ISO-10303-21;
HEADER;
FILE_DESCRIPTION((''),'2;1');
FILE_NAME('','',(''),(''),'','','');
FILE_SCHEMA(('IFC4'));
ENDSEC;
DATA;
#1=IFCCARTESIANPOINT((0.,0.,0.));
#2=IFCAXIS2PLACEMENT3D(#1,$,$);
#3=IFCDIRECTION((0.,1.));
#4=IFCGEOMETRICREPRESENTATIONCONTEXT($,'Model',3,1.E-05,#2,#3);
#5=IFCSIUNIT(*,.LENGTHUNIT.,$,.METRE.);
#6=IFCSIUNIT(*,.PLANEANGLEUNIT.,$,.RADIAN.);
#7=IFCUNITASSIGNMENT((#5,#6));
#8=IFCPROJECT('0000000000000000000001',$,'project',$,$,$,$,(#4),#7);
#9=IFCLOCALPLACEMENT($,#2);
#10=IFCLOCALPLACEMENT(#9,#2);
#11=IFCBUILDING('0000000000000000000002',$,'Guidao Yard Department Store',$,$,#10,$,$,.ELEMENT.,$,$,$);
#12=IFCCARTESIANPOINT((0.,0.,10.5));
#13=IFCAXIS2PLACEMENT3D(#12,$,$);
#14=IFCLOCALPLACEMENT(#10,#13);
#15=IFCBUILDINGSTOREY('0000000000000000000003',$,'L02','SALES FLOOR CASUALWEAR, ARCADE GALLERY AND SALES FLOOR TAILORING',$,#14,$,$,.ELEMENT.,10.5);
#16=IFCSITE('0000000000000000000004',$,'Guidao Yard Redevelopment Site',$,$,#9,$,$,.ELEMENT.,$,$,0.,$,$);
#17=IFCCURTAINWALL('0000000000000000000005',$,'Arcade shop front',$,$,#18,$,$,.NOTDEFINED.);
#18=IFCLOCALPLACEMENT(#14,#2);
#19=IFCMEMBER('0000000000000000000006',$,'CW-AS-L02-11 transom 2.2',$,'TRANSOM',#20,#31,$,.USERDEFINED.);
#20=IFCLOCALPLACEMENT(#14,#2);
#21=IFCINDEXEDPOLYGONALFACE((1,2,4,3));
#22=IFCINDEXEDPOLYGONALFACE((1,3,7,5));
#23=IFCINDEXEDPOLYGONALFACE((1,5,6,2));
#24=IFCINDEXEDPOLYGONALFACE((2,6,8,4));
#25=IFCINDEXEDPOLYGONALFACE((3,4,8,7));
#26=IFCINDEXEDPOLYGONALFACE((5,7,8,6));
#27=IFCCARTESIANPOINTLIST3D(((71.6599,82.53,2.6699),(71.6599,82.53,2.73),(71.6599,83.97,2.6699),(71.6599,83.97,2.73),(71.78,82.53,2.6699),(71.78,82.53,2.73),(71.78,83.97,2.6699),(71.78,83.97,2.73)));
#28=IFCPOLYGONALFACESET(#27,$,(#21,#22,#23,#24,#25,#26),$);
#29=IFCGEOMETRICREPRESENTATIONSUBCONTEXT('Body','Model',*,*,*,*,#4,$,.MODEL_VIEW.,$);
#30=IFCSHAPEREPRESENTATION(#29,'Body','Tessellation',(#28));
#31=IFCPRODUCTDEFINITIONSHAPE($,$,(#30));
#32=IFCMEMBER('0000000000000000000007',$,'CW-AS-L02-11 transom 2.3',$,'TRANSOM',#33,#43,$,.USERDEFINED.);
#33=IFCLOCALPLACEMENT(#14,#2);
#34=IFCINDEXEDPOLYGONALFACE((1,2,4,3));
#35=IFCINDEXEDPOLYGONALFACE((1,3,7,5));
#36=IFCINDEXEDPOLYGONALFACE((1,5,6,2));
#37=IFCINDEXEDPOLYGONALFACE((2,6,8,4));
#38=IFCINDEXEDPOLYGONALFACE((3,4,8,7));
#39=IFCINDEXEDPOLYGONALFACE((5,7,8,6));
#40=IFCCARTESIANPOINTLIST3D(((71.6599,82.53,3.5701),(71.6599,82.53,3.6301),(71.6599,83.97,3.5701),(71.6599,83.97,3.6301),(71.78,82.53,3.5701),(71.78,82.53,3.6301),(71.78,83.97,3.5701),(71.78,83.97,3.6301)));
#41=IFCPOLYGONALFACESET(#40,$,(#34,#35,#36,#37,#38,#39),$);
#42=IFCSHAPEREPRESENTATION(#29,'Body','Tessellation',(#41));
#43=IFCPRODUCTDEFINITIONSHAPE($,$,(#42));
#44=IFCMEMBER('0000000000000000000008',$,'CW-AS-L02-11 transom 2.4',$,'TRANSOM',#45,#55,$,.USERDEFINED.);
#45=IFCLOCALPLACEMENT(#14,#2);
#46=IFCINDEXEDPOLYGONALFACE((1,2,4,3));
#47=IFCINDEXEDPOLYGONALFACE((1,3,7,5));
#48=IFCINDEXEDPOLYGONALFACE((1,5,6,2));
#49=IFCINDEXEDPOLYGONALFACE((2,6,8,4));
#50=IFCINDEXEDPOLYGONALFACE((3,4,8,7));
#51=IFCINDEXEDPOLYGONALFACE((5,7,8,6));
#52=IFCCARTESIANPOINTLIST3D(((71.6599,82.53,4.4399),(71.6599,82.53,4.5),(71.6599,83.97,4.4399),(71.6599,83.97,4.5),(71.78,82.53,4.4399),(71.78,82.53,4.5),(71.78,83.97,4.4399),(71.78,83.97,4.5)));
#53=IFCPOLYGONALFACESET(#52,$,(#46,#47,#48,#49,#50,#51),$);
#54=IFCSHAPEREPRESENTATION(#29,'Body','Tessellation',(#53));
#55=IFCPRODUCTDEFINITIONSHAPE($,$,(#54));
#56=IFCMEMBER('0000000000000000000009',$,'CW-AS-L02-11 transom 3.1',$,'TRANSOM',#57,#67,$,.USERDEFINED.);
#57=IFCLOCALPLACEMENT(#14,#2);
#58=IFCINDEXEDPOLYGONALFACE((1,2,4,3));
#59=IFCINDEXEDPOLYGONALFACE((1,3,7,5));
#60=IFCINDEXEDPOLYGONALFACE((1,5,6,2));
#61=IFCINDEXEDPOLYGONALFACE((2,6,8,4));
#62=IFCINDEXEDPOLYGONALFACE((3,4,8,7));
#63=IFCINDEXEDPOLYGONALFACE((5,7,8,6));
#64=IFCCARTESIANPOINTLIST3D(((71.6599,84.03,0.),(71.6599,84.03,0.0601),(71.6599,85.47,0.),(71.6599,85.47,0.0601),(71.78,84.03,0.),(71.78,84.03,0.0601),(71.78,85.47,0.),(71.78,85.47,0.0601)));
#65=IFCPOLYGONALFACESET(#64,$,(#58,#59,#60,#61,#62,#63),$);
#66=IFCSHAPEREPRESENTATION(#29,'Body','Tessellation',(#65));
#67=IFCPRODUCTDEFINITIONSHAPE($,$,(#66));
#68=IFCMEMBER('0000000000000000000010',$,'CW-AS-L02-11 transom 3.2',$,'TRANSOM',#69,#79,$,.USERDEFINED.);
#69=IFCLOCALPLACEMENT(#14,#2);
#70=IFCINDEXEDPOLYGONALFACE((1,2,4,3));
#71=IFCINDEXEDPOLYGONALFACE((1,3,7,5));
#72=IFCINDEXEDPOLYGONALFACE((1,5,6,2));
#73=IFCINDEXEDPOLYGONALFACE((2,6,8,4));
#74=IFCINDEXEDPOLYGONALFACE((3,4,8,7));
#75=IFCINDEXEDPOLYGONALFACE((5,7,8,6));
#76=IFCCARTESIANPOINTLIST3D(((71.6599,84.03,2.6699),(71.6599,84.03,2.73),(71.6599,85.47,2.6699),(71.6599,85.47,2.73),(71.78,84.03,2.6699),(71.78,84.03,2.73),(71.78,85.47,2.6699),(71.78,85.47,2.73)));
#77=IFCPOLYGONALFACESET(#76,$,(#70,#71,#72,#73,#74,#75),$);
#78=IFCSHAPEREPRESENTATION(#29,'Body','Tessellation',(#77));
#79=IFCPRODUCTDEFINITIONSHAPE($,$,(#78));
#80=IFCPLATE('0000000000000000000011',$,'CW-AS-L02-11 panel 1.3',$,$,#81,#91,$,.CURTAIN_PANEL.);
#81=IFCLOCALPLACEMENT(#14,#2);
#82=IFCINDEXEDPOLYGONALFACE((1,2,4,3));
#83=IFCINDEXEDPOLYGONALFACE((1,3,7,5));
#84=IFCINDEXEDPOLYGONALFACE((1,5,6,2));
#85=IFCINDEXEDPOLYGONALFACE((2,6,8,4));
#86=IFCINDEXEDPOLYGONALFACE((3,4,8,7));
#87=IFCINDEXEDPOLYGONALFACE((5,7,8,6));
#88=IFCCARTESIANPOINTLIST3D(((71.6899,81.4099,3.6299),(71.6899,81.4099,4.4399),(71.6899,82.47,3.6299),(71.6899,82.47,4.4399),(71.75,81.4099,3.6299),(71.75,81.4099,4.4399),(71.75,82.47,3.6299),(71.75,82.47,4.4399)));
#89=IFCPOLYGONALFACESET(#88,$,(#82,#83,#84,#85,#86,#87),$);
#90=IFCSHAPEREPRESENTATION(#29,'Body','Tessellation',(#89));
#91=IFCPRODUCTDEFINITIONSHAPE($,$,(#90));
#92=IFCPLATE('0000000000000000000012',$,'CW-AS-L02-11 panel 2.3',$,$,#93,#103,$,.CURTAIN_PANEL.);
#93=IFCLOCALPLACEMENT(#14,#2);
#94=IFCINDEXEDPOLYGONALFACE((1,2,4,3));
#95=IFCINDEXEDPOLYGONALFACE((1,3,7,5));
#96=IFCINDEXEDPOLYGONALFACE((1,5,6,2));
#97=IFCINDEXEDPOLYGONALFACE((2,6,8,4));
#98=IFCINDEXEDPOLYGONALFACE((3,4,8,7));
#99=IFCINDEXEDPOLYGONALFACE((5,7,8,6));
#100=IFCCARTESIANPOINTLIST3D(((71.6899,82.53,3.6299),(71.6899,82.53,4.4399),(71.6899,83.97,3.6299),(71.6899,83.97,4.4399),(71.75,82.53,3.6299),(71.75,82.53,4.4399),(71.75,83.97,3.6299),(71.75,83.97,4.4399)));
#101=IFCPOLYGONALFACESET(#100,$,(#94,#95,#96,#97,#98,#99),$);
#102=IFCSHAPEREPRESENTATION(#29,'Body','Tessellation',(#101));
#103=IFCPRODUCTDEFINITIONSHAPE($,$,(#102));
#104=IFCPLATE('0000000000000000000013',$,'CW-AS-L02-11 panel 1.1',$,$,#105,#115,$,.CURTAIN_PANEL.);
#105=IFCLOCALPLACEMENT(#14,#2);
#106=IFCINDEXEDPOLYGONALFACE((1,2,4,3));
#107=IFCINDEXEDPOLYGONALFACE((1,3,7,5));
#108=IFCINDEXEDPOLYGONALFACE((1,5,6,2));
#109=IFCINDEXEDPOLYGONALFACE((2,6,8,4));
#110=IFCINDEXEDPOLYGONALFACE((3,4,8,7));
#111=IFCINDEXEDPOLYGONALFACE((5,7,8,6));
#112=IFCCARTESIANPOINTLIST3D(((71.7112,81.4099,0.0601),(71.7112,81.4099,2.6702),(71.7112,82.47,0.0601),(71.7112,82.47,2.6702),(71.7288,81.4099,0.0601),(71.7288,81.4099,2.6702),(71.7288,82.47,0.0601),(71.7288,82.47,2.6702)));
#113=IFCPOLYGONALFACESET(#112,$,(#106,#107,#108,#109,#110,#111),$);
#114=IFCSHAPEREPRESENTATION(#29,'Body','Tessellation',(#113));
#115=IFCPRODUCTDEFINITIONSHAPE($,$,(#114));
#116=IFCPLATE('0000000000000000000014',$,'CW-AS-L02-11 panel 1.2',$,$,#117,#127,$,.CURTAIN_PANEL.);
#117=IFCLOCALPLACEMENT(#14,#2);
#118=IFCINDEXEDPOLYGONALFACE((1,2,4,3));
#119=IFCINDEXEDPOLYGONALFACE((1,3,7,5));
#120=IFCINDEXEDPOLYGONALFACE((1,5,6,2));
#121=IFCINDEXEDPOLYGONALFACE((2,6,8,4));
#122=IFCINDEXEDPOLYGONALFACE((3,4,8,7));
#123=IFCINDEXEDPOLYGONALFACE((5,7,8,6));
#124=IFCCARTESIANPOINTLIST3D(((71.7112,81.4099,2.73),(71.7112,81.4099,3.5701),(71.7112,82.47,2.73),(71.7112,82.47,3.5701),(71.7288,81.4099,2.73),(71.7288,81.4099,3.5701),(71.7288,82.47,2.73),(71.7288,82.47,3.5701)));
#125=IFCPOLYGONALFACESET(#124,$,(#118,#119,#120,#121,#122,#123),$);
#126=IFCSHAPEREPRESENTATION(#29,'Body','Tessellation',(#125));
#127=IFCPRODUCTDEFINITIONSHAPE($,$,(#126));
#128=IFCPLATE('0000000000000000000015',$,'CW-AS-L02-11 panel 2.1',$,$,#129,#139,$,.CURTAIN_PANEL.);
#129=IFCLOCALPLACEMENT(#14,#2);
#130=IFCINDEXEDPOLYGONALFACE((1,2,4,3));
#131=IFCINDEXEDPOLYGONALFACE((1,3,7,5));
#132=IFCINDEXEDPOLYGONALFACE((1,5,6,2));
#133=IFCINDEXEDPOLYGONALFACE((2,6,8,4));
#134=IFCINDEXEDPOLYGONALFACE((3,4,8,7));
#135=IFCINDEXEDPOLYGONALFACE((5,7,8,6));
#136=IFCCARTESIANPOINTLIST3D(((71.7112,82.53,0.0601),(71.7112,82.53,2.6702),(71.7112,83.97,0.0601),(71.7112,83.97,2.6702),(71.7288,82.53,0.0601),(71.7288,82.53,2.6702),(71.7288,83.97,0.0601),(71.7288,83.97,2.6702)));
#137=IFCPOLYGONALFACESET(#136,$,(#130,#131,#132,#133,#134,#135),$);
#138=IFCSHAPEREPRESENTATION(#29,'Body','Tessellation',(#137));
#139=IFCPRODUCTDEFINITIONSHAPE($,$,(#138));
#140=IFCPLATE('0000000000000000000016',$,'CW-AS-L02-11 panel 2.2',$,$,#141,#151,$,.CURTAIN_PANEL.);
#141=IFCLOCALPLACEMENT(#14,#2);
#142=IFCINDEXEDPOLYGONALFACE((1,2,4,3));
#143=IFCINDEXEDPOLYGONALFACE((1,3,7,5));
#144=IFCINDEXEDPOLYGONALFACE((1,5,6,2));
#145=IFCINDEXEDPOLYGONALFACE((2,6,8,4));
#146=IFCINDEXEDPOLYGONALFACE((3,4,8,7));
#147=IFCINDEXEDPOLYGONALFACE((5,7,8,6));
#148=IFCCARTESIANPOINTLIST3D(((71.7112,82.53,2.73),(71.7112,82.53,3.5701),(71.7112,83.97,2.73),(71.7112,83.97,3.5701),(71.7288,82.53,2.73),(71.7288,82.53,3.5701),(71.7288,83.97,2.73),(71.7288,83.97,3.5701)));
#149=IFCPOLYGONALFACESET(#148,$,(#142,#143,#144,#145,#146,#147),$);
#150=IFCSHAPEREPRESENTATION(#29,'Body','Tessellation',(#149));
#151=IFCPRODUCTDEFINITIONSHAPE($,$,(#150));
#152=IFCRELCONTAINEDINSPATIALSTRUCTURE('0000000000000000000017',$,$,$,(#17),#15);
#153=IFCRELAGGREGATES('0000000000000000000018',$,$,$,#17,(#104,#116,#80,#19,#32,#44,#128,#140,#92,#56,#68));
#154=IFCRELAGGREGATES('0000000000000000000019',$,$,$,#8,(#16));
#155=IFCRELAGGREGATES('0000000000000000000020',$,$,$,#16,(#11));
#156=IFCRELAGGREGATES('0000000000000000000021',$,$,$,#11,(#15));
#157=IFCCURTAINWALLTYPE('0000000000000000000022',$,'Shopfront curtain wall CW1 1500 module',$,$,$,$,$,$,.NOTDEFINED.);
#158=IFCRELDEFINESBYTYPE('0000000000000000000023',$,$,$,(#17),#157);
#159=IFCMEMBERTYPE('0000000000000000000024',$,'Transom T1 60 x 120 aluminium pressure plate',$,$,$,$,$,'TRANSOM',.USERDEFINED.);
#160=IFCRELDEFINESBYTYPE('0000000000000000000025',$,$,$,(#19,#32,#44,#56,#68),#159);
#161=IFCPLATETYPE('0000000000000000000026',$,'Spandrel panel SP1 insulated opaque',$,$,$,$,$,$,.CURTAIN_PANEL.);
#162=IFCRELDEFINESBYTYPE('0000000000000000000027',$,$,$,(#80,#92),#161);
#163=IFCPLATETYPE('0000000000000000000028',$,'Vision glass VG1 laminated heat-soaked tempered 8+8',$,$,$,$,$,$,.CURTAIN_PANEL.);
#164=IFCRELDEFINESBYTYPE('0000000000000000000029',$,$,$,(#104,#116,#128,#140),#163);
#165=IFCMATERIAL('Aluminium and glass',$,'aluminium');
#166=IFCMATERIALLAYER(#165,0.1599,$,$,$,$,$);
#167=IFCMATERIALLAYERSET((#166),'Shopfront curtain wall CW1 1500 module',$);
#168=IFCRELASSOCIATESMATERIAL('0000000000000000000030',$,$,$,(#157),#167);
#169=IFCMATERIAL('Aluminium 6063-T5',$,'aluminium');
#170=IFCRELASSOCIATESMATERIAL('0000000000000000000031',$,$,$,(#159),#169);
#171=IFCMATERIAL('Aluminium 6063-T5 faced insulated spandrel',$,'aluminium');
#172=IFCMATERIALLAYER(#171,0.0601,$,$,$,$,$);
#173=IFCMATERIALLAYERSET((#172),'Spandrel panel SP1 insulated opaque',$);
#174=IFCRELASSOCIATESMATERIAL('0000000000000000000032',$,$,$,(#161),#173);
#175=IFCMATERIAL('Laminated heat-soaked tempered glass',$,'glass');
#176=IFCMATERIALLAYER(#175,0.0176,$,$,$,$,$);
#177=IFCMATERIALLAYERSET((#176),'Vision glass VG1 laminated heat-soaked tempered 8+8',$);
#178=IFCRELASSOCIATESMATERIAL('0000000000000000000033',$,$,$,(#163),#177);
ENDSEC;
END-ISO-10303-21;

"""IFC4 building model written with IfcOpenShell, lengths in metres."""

from ifc_helpers import new_model, si_unit, direction, frame, origin, origin_2d, place, context, subcontext, project, spatial, rectangle, extrude, material, layer, layer_set, material_profile, profile_set, type_object, element, aggregate, save


model = new_model("IFC4")

# Units and contexts
model_context = context("Model", 3, precision=1e-05, world=origin(), true_north=direction((0.0, 1.0)))
body_context = subcontext(model_context, "Body", "Model", "MODEL_VIEW")
ifc_project = project(units=[si_unit("LENGTHUNIT", "METRE"), si_unit("PLANEANGLEUNIT", "RADIAN")], contexts=[model_context])

# Site, building, storey
site_placement = place(None, origin())
site = spatial("IfcSite", under=ifc_project, at=site_placement, Name="Guidao Yard Redevelopment Site", CompositionType="ELEMENT", RefElevation=0.0)
building_placement = place(site_placement, origin())
building = spatial("IfcBuilding", under=site, at=building_placement, Name="Guidao Yard Department Store", CompositionType="ELEMENT")
storey_placement = place(building_placement, frame((0.0, 0.0, 10.5)))
storey = spatial("IfcBuildingStorey", under=building, at=storey_placement, Name="L02", Description="SALES FLOOR CASUALWEAR, ARCADE GALLERY AND SALES FLOOR TAILORING", CompositionType="ELEMENT", Elevation=10.5)

# Shared definitions
ifc_material_1 = material(Name="Aluminium and glass", Category="aluminium")
ifc_layer_1 = layer(ifc_material_1, 0.1599)
ifc_layer_set_1 = layer_set([ifc_layer_1], Name="Shopfront curtain wall CW1 1500 module")
curtain_wall_type = type_object("IfcCurtainWallType", Name="Shopfront curtain wall CW1 1500 module", PredefinedType="NOTDEFINED", material=ifc_layer_set_1)

# Curtain wall
curtain_wall_1_placement = place(storey_placement, origin())
curtain_wall_1 = element("IfcCurtainWall", 1, at=curtain_wall_1_placement, inside=storey, type_object=curtain_wall_type, Name="Arcade shop front", PredefinedType="NOTDEFINED")

# Members
ifc_material_2 = material(Name="Aluminium 6063-T5", Category="aluminium")
ifc_material_profile_1 = material_profile(ifc_material_2, rectangle(XDim=0.1201, YDim=0.0601, at=origin_2d()), Name="Transom T1 60 x 120 aluminium pressure plate")
ifc_profile_set_1 = profile_set([ifc_material_profile_1], Name="Aluminium 6063-T5")
member_type_1 = type_object("IfcMemberType", Name="Transom T1 60 x 120 aluminium pressure plate", ElementType="TRANSOM", PredefinedType="USERDEFINED", material=ifc_profile_set_1)
member_1_placement = place(storey_placement, frame((71.72, 82.53, 2.7), z_axis=(0.0, 1.0, 0.0), x_axis=(-1.0, 0.0, 0.0)))
member_1 = element("IfcMember", 2, at=member_1_placement, type_object=member_type_1, Name="CW-AS-L02-11 transom 2.2", ObjectType="TRANSOM", PredefinedType="USERDEFINED", context=body_context, shape_type="SweptSolid", body=[
    extrude(rectangle(XDim=0.1201, YDim=0.0601, at=origin_2d()), origin(), (0.0, 0.0, 1.0), 1.4399),
])
member_2_placement = place(storey_placement, frame((71.72, 82.53, 3.6001), z_axis=(0.0, 1.0, 0.0), x_axis=(-1.0, 0.0, 0.0)))
member_2 = element("IfcMember", 3, at=member_2_placement, type_object=member_type_1, Name="CW-AS-L02-11 transom 2.3", ObjectType="TRANSOM", PredefinedType="USERDEFINED", context=body_context, shape_type="SweptSolid", body=[
    extrude(rectangle(XDim=0.1201, YDim=0.0601, at=origin_2d()), origin(), (0.0, 0.0, 1.0), 1.4399),
])
member_3_placement = place(storey_placement, frame((71.72, 82.53, 4.47), z_axis=(0.0, 1.0, 0.0), x_axis=(-1.0, 0.0, 0.0)))
member_3 = element("IfcMember", 4, at=member_3_placement, type_object=member_type_1, Name="CW-AS-L02-11 transom 2.4", ObjectType="TRANSOM", PredefinedType="USERDEFINED", context=body_context, shape_type="SweptSolid", body=[
    extrude(rectangle(XDim=0.1201, YDim=0.0601, at=origin_2d()), origin(), (0.0, 0.0, 1.0), 1.4399),
])
member_4_placement = place(storey_placement, frame((71.72, 84.03, 0.03), z_axis=(0.0, 1.0, 0.0), x_axis=(-1.0, 0.0, 0.0)))
member_4 = element("IfcMember", 5, at=member_4_placement, type_object=member_type_1, Name="CW-AS-L02-11 transom 3.1", ObjectType="TRANSOM", PredefinedType="USERDEFINED", context=body_context, shape_type="SweptSolid", body=[
    extrude(rectangle(XDim=0.1201, YDim=0.0601, at=origin_2d()), origin(), (0.0, 0.0, 1.0), 1.4399),
])
member_5_placement = place(storey_placement, frame((71.72, 84.03, 2.7), z_axis=(0.0, 1.0, 0.0), x_axis=(-1.0, 0.0, 0.0)))
member_5 = element("IfcMember", 6, at=member_5_placement, type_object=member_type_1, Name="CW-AS-L02-11 transom 3.2", ObjectType="TRANSOM", PredefinedType="USERDEFINED", context=body_context, shape_type="SweptSolid", body=[
    extrude(rectangle(XDim=0.1201, YDim=0.0601, at=origin_2d()), origin(), (0.0, 0.0, 1.0), 1.4399),
])

# Plates
ifc_material_3 = material(Name="Aluminium 6063-T5 faced insulated spandrel", Category="aluminium")
ifc_layer_2 = layer(ifc_material_3, 0.0601)
ifc_layer_set_2 = layer_set([ifc_layer_2], Name="Spandrel panel SP1 insulated opaque")
plate_type_1 = type_object("IfcPlateType", Name="Spandrel panel SP1 insulated opaque", PredefinedType="CURTAIN_PANEL", material=ifc_layer_set_2)
plate_1_placement = place(storey_placement, frame((71.72, 81.9399, 3.6299), z_axis=(0.0, 0.0, 1.0), x_axis=(0.0, 1.0, 0.0)))
plate_1 = element("IfcPlate", 7, at=plate_1_placement, type_object=plate_type_1, Name="CW-AS-L02-11 panel 1.3", PredefinedType="CURTAIN_PANEL", context=body_context, shape_type="SweptSolid", body=[
    extrude(rectangle(XDim=1.0601, YDim=0.0601, at=origin_2d()), origin(), (0.0, 0.0, 1.0), 0.8101),
])
plate_2_placement = place(storey_placement, frame((71.72, 83.25, 3.6299), z_axis=(0.0, 0.0, 1.0), x_axis=(0.0, 1.0, 0.0)))
plate_2 = element("IfcPlate", 8, at=plate_2_placement, type_object=plate_type_1, Name="CW-AS-L02-11 panel 2.3", PredefinedType="CURTAIN_PANEL", context=body_context, shape_type="SweptSolid", body=[
    extrude(rectangle(XDim=1.4399, YDim=0.0601, at=origin_2d()), origin(), (0.0, 0.0, 1.0), 0.8101),
])
ifc_material_4 = material(Name="Laminated heat-soaked tempered glass", Category="glass")
ifc_layer_3 = layer(ifc_material_4, 0.0176)
ifc_layer_set_3 = layer_set([ifc_layer_3], Name="Vision glass VG1 laminated heat-soaked tempered 8+8")
plate_type_2 = type_object("IfcPlateType", Name="Vision glass VG1 laminated heat-soaked tempered 8+8", PredefinedType="CURTAIN_PANEL", material=ifc_layer_set_3)
plate_3_placement = place(storey_placement, frame((71.72, 81.9399, 0.0601), z_axis=(0.0, 0.0, 1.0), x_axis=(0.0, 1.0, 0.0)))
plate_3 = element("IfcPlate", 9, at=plate_3_placement, type_object=plate_type_2, Name="CW-AS-L02-11 panel 1.1", PredefinedType="CURTAIN_PANEL", context=body_context, shape_type="SweptSolid", body=[
    extrude(rectangle(XDim=1.0601, YDim=0.0176, at=origin_2d()), origin(), (0.0, 0.0, 1.0), 2.6101),
])
plate_4_placement = place(storey_placement, frame((71.72, 81.9399, 2.73), z_axis=(0.0, 0.0, 1.0), x_axis=(0.0, 1.0, 0.0)))
plate_4 = element("IfcPlate", 10, at=plate_4_placement, type_object=plate_type_2, Name="CW-AS-L02-11 panel 1.2", PredefinedType="CURTAIN_PANEL", context=body_context, shape_type="SweptSolid", body=[
    extrude(rectangle(XDim=1.0601, YDim=0.0176, at=origin_2d()), origin(), (0.0, 0.0, 1.0), 0.8401),
])
plate_5_placement = place(storey_placement, frame((71.72, 83.25, 0.0601), z_axis=(0.0, 0.0, 1.0), x_axis=(0.0, 1.0, 0.0)))
plate_5 = element("IfcPlate", 11, at=plate_5_placement, type_object=plate_type_2, Name="CW-AS-L02-11 panel 2.1", PredefinedType="CURTAIN_PANEL", context=body_context, shape_type="SweptSolid", body=[
    extrude(rectangle(XDim=1.4399, YDim=0.0176, at=origin_2d()), origin(), (0.0, 0.0, 1.0), 2.6101),
])
plate_6_placement = place(storey_placement, frame((71.72, 83.25, 2.73), z_axis=(0.0, 0.0, 1.0), x_axis=(0.0, 1.0, 0.0)))
plate_6 = element("IfcPlate", 12, at=plate_6_placement, type_object=plate_type_2, Name="CW-AS-L02-11 panel 2.2", PredefinedType="CURTAIN_PANEL", context=body_context, shape_type="SweptSolid", body=[
    extrude(rectangle(XDim=1.4399, YDim=0.0176, at=origin_2d()), origin(), (0.0, 0.0, 1.0), 0.8401),
])
aggregate(curtain_wall_1, [plate_3, plate_4, plate_1, member_1, member_2, member_3, plate_5, plate_6, plate_2, member_4, member_5])

save(model, "model.ifc")
